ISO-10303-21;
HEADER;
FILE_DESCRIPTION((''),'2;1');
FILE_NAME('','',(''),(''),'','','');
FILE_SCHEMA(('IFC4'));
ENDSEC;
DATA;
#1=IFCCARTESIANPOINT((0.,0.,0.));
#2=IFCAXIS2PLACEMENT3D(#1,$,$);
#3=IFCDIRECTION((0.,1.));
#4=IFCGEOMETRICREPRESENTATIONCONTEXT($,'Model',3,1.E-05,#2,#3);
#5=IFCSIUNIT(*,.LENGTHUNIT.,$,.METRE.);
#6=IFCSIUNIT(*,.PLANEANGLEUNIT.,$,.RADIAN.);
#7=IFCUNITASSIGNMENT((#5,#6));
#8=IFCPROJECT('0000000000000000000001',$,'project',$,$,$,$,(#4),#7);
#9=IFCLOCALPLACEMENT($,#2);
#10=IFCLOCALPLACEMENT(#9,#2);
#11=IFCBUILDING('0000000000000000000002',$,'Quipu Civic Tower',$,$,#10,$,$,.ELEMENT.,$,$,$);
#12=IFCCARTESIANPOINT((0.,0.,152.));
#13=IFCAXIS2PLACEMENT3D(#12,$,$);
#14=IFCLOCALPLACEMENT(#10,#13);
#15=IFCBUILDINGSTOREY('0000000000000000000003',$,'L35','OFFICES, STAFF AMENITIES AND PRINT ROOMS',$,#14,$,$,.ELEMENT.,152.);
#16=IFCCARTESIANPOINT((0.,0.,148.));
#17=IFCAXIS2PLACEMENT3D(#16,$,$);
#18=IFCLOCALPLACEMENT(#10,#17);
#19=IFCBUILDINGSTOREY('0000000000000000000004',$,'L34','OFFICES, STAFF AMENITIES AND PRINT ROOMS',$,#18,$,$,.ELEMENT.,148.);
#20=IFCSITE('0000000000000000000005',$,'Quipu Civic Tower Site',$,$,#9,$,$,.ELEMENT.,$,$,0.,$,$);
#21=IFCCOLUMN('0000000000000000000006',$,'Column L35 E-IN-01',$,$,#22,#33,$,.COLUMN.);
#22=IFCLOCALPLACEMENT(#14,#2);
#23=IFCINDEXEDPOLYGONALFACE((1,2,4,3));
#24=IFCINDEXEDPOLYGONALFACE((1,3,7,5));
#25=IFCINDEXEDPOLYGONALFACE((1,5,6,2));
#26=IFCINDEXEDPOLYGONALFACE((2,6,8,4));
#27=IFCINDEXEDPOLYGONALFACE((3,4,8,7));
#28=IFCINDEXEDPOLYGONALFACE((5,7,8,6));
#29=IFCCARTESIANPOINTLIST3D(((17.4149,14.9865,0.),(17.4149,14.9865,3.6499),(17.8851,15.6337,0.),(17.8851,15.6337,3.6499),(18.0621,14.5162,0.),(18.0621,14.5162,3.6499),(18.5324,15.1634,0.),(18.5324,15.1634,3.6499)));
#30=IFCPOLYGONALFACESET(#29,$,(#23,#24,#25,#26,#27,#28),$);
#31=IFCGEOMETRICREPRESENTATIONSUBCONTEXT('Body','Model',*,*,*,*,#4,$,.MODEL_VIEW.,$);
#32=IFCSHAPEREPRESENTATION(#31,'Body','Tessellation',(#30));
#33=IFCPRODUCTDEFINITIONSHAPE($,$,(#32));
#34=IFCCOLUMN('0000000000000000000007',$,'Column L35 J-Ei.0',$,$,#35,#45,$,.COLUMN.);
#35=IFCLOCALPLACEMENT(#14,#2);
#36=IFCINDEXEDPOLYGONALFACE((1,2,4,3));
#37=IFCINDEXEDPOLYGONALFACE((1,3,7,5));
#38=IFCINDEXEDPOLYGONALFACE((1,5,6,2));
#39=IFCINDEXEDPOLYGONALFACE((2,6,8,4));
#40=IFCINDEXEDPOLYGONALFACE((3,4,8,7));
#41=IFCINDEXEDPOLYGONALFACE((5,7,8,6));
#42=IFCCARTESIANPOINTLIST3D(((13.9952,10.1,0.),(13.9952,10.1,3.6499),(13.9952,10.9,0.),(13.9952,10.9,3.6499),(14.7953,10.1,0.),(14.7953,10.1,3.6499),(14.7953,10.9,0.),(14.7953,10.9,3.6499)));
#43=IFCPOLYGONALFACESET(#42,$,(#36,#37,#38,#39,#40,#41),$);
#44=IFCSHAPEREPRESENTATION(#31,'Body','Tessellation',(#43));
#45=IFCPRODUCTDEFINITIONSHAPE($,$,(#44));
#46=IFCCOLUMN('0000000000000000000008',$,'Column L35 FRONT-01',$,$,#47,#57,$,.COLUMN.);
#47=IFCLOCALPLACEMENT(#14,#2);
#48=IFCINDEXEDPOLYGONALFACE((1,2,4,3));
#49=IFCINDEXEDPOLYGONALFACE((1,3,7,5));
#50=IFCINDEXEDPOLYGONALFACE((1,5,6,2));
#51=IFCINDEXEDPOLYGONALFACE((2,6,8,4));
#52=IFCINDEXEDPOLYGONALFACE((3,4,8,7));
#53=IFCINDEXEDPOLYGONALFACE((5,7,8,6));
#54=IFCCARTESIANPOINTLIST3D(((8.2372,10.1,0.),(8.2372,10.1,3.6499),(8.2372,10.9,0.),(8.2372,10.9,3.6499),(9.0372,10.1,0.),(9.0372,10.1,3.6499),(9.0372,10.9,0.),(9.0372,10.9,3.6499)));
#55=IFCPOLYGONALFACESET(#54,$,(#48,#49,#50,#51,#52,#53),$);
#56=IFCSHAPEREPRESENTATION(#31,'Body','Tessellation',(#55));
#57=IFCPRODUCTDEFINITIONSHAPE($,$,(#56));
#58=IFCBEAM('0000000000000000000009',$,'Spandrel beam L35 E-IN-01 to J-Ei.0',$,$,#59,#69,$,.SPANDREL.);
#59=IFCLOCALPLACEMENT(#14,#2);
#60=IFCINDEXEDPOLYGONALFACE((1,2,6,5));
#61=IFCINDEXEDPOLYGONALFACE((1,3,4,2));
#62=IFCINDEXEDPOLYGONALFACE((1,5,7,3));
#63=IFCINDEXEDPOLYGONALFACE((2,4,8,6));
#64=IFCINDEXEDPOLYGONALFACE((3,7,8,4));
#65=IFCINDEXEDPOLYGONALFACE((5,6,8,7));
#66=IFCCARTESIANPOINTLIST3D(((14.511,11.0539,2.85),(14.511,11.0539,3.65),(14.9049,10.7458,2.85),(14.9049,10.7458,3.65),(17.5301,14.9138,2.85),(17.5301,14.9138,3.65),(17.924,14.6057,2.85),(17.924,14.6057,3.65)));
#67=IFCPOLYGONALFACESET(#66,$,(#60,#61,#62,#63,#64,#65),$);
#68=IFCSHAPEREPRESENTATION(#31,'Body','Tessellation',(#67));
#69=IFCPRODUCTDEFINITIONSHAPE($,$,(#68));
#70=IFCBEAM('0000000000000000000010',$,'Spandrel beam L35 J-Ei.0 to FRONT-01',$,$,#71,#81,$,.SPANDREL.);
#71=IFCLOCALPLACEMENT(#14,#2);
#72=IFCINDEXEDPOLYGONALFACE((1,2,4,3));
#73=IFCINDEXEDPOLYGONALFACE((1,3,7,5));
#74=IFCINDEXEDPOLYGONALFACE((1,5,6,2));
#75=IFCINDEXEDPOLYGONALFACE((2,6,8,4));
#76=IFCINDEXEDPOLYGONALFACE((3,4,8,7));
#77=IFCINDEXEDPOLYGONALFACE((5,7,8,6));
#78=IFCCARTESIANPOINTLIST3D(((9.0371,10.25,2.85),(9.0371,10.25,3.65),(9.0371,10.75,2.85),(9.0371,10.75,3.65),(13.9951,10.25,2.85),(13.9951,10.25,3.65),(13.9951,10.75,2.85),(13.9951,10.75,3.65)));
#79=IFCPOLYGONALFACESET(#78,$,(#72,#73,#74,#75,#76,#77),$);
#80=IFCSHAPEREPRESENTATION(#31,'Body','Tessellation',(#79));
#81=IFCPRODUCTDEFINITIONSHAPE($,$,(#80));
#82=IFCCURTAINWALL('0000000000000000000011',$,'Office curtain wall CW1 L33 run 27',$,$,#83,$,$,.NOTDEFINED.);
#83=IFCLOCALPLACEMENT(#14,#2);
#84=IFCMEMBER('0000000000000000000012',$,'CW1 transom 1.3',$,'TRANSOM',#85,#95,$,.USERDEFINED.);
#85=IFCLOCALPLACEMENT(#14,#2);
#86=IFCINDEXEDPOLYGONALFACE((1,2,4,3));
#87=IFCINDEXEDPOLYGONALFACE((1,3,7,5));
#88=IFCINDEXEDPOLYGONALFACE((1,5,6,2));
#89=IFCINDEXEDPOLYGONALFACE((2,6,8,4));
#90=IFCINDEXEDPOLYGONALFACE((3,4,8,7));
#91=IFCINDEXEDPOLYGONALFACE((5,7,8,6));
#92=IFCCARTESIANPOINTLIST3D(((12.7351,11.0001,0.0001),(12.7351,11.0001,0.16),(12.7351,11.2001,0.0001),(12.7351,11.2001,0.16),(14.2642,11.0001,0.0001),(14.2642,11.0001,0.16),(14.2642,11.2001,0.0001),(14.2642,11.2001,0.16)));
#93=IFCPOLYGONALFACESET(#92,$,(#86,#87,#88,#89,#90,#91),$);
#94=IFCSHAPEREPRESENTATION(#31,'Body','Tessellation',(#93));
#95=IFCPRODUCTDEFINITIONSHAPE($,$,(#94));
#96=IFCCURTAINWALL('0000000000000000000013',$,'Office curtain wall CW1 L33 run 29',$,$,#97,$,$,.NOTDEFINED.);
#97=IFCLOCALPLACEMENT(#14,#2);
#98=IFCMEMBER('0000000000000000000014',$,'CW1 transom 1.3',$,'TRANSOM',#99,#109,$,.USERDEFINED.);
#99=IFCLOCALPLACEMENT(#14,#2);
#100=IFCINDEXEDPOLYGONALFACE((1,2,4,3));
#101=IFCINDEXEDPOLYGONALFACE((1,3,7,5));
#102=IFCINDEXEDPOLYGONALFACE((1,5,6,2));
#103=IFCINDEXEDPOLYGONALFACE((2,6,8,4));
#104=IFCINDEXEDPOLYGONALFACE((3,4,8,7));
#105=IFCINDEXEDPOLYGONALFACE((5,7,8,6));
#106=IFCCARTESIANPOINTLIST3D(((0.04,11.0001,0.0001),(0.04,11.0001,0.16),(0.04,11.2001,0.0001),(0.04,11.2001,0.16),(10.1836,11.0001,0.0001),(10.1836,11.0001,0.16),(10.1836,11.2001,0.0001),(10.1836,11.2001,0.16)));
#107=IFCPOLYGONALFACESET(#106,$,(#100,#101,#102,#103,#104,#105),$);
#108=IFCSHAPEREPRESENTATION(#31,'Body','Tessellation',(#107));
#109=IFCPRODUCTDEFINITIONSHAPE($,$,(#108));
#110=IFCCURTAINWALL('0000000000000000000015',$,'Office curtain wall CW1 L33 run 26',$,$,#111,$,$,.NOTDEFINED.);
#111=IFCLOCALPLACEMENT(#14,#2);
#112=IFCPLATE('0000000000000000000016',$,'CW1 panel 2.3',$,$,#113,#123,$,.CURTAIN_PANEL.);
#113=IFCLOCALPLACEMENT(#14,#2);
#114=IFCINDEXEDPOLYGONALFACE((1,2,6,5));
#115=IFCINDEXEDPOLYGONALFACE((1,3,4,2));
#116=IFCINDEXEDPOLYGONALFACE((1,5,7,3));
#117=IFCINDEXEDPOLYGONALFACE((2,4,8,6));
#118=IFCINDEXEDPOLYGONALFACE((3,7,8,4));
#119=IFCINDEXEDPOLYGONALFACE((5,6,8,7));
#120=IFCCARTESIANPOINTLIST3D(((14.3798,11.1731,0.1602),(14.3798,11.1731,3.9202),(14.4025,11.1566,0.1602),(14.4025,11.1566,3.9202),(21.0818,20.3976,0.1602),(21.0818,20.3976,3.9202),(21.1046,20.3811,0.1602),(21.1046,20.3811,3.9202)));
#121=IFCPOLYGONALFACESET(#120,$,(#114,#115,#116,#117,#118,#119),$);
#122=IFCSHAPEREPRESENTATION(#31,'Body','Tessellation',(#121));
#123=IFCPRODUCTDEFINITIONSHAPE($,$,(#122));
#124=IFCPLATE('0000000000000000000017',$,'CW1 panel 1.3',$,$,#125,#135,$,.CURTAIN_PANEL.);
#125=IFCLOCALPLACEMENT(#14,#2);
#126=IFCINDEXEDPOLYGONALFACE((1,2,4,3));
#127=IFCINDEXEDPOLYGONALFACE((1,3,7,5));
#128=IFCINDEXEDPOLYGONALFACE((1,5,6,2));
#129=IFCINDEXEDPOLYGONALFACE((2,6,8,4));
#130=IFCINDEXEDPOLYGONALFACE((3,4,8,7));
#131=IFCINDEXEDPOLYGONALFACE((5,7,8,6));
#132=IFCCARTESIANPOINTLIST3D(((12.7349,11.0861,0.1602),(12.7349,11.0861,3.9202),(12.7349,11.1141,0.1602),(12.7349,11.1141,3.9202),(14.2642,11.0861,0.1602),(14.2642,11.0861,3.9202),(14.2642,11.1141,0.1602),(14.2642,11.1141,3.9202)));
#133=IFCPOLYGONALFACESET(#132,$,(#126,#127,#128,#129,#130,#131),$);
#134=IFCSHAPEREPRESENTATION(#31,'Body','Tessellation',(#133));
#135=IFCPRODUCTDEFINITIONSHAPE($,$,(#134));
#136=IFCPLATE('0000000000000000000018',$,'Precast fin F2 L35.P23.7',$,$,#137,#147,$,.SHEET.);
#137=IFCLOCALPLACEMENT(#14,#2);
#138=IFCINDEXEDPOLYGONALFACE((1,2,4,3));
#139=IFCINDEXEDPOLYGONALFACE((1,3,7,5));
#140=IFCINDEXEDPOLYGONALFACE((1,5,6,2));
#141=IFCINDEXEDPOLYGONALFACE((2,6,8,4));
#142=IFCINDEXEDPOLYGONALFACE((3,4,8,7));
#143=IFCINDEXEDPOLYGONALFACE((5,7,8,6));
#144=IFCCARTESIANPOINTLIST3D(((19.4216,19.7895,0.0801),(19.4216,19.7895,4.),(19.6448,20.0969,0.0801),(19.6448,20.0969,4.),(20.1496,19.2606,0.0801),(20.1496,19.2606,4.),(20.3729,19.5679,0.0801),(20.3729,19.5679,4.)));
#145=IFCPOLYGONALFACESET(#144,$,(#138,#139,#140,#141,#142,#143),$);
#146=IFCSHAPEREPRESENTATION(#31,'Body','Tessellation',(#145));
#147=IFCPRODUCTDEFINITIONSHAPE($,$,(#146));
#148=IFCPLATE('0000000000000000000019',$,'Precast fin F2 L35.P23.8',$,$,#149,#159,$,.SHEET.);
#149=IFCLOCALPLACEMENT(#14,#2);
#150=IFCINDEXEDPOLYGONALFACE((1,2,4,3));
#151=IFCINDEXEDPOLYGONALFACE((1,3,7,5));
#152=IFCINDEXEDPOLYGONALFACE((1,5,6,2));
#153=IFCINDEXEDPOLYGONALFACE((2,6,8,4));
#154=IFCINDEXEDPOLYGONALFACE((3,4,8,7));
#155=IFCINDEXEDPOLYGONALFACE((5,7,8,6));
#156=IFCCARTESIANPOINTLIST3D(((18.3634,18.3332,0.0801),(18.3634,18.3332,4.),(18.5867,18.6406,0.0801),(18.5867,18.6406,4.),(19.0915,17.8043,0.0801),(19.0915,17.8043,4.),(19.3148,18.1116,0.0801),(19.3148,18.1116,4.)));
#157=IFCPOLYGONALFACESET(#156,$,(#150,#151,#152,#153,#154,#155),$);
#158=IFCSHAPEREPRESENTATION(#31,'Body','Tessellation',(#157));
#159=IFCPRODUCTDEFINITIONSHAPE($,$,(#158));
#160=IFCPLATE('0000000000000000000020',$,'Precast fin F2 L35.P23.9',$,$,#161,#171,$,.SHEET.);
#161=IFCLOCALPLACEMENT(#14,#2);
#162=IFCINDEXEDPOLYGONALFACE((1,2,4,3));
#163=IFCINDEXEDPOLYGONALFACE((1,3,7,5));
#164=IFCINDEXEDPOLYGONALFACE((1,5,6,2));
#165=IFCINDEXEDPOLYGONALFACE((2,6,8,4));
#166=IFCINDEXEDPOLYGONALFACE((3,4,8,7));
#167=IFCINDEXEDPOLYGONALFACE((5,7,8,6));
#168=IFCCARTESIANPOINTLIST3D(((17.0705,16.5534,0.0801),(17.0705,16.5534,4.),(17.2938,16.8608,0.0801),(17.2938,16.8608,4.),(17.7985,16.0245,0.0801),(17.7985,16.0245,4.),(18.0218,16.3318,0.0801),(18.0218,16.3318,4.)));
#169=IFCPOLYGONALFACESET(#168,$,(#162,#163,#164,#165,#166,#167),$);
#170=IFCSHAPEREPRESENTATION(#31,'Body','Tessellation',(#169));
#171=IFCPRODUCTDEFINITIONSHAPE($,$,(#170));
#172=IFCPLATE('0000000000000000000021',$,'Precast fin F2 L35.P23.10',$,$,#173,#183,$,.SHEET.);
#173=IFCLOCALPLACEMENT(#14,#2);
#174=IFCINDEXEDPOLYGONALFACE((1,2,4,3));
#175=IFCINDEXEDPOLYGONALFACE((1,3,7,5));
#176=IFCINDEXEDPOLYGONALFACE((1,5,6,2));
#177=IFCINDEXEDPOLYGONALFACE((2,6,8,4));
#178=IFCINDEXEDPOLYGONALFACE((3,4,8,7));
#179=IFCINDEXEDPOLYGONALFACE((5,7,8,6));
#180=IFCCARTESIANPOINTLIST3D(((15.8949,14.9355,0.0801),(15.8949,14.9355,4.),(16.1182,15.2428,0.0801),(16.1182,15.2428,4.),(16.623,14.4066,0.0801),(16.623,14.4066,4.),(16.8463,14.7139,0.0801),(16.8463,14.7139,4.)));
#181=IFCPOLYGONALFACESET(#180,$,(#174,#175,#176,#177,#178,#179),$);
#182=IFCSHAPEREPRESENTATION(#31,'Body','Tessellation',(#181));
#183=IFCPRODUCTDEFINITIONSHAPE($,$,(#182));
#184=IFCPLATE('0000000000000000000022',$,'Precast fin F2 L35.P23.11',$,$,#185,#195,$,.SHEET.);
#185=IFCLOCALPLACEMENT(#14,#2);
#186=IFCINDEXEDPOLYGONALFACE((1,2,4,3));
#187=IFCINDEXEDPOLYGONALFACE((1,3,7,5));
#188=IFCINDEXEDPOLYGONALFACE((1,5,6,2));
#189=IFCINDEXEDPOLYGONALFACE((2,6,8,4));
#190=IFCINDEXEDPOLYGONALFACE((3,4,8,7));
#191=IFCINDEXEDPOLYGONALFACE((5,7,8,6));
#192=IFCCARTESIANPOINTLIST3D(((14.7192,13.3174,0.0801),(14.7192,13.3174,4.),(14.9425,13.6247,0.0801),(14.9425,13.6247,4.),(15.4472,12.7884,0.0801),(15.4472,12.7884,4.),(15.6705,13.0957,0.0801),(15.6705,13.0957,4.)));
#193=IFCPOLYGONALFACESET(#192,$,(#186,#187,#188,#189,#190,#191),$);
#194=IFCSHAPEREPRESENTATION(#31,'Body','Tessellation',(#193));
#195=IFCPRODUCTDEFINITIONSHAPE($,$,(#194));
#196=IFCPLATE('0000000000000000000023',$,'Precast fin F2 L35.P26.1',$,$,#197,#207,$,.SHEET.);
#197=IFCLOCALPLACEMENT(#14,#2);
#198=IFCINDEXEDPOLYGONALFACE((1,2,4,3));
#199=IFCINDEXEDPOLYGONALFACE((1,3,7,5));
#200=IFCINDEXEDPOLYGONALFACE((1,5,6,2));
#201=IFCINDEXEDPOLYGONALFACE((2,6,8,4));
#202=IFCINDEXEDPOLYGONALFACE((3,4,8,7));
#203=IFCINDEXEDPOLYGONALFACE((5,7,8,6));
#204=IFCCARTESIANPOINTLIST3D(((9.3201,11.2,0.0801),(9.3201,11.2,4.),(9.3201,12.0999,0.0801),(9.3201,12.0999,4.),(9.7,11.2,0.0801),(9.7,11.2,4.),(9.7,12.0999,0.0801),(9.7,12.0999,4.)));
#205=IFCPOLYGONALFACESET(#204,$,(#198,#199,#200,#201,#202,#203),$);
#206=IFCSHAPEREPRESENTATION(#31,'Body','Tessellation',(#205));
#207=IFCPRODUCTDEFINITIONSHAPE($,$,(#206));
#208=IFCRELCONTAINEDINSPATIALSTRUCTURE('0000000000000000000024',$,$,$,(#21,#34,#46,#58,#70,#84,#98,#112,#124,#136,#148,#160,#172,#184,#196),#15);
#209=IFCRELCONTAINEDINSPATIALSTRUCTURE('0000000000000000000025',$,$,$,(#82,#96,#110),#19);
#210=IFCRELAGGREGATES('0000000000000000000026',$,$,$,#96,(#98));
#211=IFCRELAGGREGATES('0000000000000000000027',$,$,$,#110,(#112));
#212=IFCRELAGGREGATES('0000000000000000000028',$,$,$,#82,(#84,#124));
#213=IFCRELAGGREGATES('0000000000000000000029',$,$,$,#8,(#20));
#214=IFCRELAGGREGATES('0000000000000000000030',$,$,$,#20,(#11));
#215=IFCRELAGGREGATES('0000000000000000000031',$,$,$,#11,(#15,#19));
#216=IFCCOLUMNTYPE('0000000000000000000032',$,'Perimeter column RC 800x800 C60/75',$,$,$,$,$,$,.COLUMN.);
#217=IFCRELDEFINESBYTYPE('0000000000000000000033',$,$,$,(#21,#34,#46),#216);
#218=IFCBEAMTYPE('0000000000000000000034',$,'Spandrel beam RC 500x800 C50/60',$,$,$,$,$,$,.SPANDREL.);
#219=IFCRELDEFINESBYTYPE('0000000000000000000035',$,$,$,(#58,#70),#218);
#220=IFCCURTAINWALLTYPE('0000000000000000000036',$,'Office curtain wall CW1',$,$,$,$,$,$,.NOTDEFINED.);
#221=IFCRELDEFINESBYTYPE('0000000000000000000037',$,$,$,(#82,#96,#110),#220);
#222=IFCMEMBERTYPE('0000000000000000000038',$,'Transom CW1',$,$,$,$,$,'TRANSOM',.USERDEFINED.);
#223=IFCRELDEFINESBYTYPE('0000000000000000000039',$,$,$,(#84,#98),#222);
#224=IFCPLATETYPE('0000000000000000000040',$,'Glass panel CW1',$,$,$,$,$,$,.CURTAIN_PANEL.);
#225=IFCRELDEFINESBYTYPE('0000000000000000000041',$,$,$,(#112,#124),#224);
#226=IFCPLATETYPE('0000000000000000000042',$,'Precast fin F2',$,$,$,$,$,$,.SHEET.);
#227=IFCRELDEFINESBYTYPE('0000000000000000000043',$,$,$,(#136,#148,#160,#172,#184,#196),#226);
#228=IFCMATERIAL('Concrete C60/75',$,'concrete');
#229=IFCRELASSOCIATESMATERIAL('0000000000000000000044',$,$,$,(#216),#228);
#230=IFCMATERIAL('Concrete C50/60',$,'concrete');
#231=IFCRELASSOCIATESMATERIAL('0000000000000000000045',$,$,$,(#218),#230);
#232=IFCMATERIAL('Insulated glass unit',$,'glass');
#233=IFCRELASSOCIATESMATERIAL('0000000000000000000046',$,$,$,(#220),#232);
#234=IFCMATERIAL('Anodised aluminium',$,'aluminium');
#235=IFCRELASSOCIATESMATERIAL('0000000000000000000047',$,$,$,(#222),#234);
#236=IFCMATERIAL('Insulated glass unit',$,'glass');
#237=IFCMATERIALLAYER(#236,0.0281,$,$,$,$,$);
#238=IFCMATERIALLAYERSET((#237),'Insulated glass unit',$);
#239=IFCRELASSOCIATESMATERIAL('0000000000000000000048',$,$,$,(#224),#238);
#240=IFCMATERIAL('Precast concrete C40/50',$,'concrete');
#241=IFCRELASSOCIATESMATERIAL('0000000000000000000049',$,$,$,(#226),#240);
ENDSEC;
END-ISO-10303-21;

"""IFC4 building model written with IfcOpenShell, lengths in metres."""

from ifc_helpers import new_model, si_unit, direction, frame, origin, origin_2d, place, context, subcontext, project, spatial, rectangle, extrude, material, layer, layer_set, material_profile, profile_set, type_object, element, aggregate, save


model = new_model("IFC4")

# Units and contexts
model_context = context("Model", 3, precision=1e-05, world=origin(), true_north=direction((0.0, 1.0)))
body_context = subcontext(model_context, "Body", "Model", "MODEL_VIEW")
ifc_project = project(units=[si_unit("LENGTHUNIT", "METRE"), si_unit("PLANEANGLEUNIT", "RADIAN")], contexts=[model_context])

# Site, building, storey
site_placement = place(None, origin())
site = spatial("IfcSite", under=ifc_project, at=site_placement, Name="Quipu Civic Tower Site", CompositionType="ELEMENT", RefElevation=0.0)
building_placement = place(site_placement, origin())
building = spatial("IfcBuilding", under=site, at=building_placement, Name="Quipu Civic Tower", CompositionType="ELEMENT")
storey_1_placement = place(building_placement, frame((0.0, 0.0, 152.0)))
storey_1 = spatial("IfcBuildingStorey", under=building, at=storey_1_placement, Name="L35", Description="OFFICES, STAFF AMENITIES AND PRINT ROOMS", CompositionType="ELEMENT", Elevation=152.0)

# Columns
ifc_material_1 = material(Name="Concrete C60/75", Category="concrete")
ifc_material_profile_1 = material_profile(ifc_material_1, rectangle(XDim=0.8, YDim=0.8, at=origin_2d()), Name="RC800x800")
ifc_profile_set_1 = profile_set([ifc_material_profile_1], Name="Concrete C60/75")
column_type = type_object("IfcColumnType", Name="Perimeter column RC 800x800 C60/75", PredefinedType="COLUMN", material=ifc_profile_set_1)
for number, where, z_axis, x_axis, name in (
    (1, (17.9736, 15.075, 0.0), (0.0, 0.0, 1.0), (-0.587785, -0.809017, 0.0), "Column L35 E-IN-01"),
    (2, (14.3953, 10.5, 0.0), (0.0, 0.0, 1.0), (-1.0, 0.0, 0.0), "Column L35 J-Ei.0"),
    (3, (8.6372, 10.5, 0.0), (0.0, 0.0, 1.0), (-1.0, 0.0, 0.0), "Column L35 FRONT-01"),
):
    element("IfcColumn", number, at=place(storey_1_placement, frame(where, z_axis=z_axis, x_axis=x_axis)), inside=storey_1, type_object=column_type, Name=name, PredefinedType="COLUMN", context=body_context, shape_type="SweptSolid", body=[
        extrude(rectangle(XDim=0.8, YDim=0.8, at=origin_2d()), origin(), (0.0, 0.0, 1.0), 3.6499),
    ])

# Beams
ifc_material_2 = material(Name="Concrete C50/60", Category="concrete")
ifc_material_profile_2 = material_profile(ifc_material_2, rectangle(XDim=0.5, YDim=0.8, at=origin_2d()), Name="RC500x800")
ifc_profile_set_2 = profile_set([ifc_material_profile_2], Name="Concrete C50/60")
beam_type = type_object("IfcBeamType", Name="Spandrel beam RC 500x800 C50/60", PredefinedType="SPANDREL", material=ifc_profile_set_2)
beam_1_placement = place(storey_1_placement, frame((17.7271, 14.7598, 3.25), z_axis=(-0.616091, -0.787675, 0.0), x_axis=(0.787675, -0.616091, 0.0)))
element("IfcBeam", 4, at=beam_1_placement, inside=storey_1, type_object=beam_type, Name="Spandrel beam L35 E-IN-01 to J-Ei.0", PredefinedType="SPANDREL", context=body_context, shape_type="SweptSolid", body=[
    extrude(rectangle(XDim=0.5, YDim=0.8, at=origin_2d()), origin(), (0.0, 0.0, 1.0), 4.9004),
])
beam_2_placement = place(storey_1_placement, frame((13.9951, 10.5, 3.25), z_axis=(-1.0, 0.0, 0.0), x_axis=(0.0, -1.0, 0.0)))
element("IfcBeam", 5, at=beam_2_placement, inside=storey_1, type_object=beam_type, Name="Spandrel beam L35 J-Ei.0 to FRONT-01", PredefinedType="SPANDREL", context=body_context, shape_type="SweptSolid", body=[
    extrude(rectangle(XDim=0.5, YDim=0.8, at=origin_2d()), origin(), (0.0, 0.0, 1.0), 4.958),
])

# Shared definitions
storey_2_placement = place(building_placement, frame((0.0, 0.0, 148.0)))
storey_2 = spatial("IfcBuildingStorey", under=building, at=storey_2_placement, Name="L34", Description="OFFICES, STAFF AMENITIES AND PRINT ROOMS", CompositionType="ELEMENT", Elevation=148.0)

# Curtain walls, members
ifc_material_3 = material(Name="Insulated glass unit", Category="glass")
curtain_wall_type = type_object("IfcCurtainWallType", Name="Office curtain wall CW1", PredefinedType="NOTDEFINED", material=ifc_material_3)
curtain_wall_1_placement = place(storey_2_placement, origin())
curtain_wall_1 = element("IfcCurtainWall", 6, at=curtain_wall_1_placement, inside=storey_2, type_object=curtain_wall_type, Name="Office curtain wall CW1 L33 run 27", PredefinedType="NOTDEFINED")
ifc_material_4 = material(Name="Anodised aluminium", Category="aluminium")
ifc_material_profile_3 = material_profile(ifc_material_4, rectangle(XDim=0.2, YDim=0.1599, at=origin_2d()), Name="RECT 200x160")
ifc_profile_set_3 = profile_set([ifc_material_profile_3], Name="Anodised aluminium")
member_type = type_object("IfcMemberType", Name="Transom CW1", ElementType="TRANSOM", PredefinedType="USERDEFINED", material=ifc_profile_set_3)
member_1_placement = place(storey_1_placement, frame((14.2642, 11.1001, 0.0801), z_axis=(-1.0, 0.0, 0.0), x_axis=(0.0, -1.0, 0.0)))
member_1 = element("IfcMember", 7, at=member_1_placement, inside=storey_1, type_object=member_type, Name="CW1 transom 1.3", ObjectType="TRANSOM", PredefinedType="USERDEFINED", context=body_context, shape_type="SweptSolid", body=[
    extrude(rectangle(XDim=0.2, YDim=0.1599, at=origin_2d()), origin(), (0.0, 0.0, 1.0), 1.5291),
])
curtain_wall_2_placement = place(storey_2_placement, origin())
curtain_wall_2 = element("IfcCurtainWall", 8, at=curtain_wall_2_placement, inside=storey_2, type_object=curtain_wall_type, Name="Office curtain wall CW1 L33 run 29", PredefinedType="NOTDEFINED")
member_2_placement = place(storey_1_placement, frame((10.1836, 11.1001, 0.0801), z_axis=(-1.0, 0.0, 0.0), x_axis=(0.0, -1.0, 0.0)))
member_2 = element("IfcMember", 9, at=member_2_placement, inside=storey_1, type_object=member_type, Name="CW1 transom 1.3", ObjectType="TRANSOM", PredefinedType="USERDEFINED", context=body_context, shape_type="SweptSolid", body=[
    extrude(rectangle(XDim=0.2, YDim=0.1599, at=origin_2d()), origin(), (0.0, 0.0, 1.0), 10.1436),
])
aggregate(curtain_wall_2, [member_2])

# Curtain wall, plate
curtain_wall_3_placement = place(storey_2_placement, origin())
curtain_wall_3 = element("IfcCurtainWall", 10, at=curtain_wall_3_placement, inside=storey_2, type_object=curtain_wall_type, Name="Office curtain wall CW1 L33 run 26", PredefinedType="NOTDEFINED")
ifc_material_5 = material(Name="Insulated glass unit", Category="glass")
ifc_layer_1 = layer(ifc_material_5, 0.0281)
ifc_layer_set_1 = layer_set([ifc_layer_1], Name="Insulated glass unit")
plate_type_1 = type_object("IfcPlateType", Name="Glass panel CW1", PredefinedType="CURTAIN_PANEL", material=ifc_layer_set_1)
plate_1_placement = place(storey_1_placement, frame((17.7422, 15.7771, 0.1602), z_axis=(0.0, 0.0, 1.0), x_axis=(-0.587789, -0.809014, 0.0)))
plate_1 = element("IfcPlate", 11, at=plate_1_placement, inside=storey_1, type_object=plate_type_1, Name="CW1 panel 2.3", PredefinedType="CURTAIN_PANEL", context=body_context, shape_type="SweptSolid", body=[
    extrude(rectangle(XDim=11.4021, YDim=0.0281, at=origin_2d()), origin(), (0.0, 0.0, 1.0), 3.76),
])
aggregate(curtain_wall_3, [plate_1])

# Plate
plate_2_placement = place(storey_1_placement, frame((13.4995, 11.1001, 0.1602), z_axis=(0.0, 0.0, 1.0), x_axis=(-1.0, 0.0, 0.0)))
plate_2 = element("IfcPlate", 12, at=plate_2_placement, inside=storey_1, type_object=plate_type_1, Name="CW1 panel 1.3", PredefinedType="CURTAIN_PANEL", context=body_context, shape_type="SweptSolid", body=[
    extrude(rectangle(XDim=1.5293, YDim=0.0281, at=origin_2d()), origin(), (0.0, 0.0, 1.0), 3.76),
])
aggregate(curtain_wall_1, [member_1, plate_2])

# Plates
ifc_material_6 = material(Name="Precast concrete C40/50", Category="concrete")
plate_type_2 = type_object("IfcPlateType", Name="Precast fin F2", PredefinedType="SHEET", material=ifc_material_6)
for number, where, z_axis, x_axis, name in (
    (13, (19.8972, 19.6787, 0.0801), (0.0, 0.0, 1.0), (-0.587787, -0.809016, 0.0), "Precast fin F2 L35.P23.7"),
    (14, (18.8391, 18.2224, 0.0801), (0.0, 0.0, 1.0), (-0.587787, -0.809016, 0.0), "Precast fin F2 L35.P23.8"),
    (15, (17.5461, 16.4426, 0.0801), (0.0, 0.0, 1.0), (-0.587787, -0.809016, 0.0), "Precast fin F2 L35.P23.9"),
    (16, (16.3706, 14.8247, 0.0801), (0.0, 0.0, 1.0), (-0.587787, -0.809016, 0.0), "Precast fin F2 L35.P23.10"),
    (17, (15.1948, 13.2065, 0.0801), (0.0, 0.0, 1.0), (-0.587787, -0.809016, 0.0), "Precast fin F2 L35.P23.11"),
    (18, (9.51, 11.6499, 0.0801), (0.0, 0.0, 1.0), (-1.0, 0.0, 0.0), "Precast fin F2 L35.P26.1"),
):
    element("IfcPlate", number, at=place(storey_1_placement, frame(where, z_axis=z_axis, x_axis=x_axis)), inside=storey_1, type_object=plate_type_2, Name=name, PredefinedType="SHEET", context=body_context, shape_type="SweptSolid", body=[
        extrude(rectangle(XDim=0.3799, YDim=0.8999, at=origin_2d()), origin(), (0.0, 0.0, 1.0), 3.9199),
    ])

save(model, "model.ifc")
